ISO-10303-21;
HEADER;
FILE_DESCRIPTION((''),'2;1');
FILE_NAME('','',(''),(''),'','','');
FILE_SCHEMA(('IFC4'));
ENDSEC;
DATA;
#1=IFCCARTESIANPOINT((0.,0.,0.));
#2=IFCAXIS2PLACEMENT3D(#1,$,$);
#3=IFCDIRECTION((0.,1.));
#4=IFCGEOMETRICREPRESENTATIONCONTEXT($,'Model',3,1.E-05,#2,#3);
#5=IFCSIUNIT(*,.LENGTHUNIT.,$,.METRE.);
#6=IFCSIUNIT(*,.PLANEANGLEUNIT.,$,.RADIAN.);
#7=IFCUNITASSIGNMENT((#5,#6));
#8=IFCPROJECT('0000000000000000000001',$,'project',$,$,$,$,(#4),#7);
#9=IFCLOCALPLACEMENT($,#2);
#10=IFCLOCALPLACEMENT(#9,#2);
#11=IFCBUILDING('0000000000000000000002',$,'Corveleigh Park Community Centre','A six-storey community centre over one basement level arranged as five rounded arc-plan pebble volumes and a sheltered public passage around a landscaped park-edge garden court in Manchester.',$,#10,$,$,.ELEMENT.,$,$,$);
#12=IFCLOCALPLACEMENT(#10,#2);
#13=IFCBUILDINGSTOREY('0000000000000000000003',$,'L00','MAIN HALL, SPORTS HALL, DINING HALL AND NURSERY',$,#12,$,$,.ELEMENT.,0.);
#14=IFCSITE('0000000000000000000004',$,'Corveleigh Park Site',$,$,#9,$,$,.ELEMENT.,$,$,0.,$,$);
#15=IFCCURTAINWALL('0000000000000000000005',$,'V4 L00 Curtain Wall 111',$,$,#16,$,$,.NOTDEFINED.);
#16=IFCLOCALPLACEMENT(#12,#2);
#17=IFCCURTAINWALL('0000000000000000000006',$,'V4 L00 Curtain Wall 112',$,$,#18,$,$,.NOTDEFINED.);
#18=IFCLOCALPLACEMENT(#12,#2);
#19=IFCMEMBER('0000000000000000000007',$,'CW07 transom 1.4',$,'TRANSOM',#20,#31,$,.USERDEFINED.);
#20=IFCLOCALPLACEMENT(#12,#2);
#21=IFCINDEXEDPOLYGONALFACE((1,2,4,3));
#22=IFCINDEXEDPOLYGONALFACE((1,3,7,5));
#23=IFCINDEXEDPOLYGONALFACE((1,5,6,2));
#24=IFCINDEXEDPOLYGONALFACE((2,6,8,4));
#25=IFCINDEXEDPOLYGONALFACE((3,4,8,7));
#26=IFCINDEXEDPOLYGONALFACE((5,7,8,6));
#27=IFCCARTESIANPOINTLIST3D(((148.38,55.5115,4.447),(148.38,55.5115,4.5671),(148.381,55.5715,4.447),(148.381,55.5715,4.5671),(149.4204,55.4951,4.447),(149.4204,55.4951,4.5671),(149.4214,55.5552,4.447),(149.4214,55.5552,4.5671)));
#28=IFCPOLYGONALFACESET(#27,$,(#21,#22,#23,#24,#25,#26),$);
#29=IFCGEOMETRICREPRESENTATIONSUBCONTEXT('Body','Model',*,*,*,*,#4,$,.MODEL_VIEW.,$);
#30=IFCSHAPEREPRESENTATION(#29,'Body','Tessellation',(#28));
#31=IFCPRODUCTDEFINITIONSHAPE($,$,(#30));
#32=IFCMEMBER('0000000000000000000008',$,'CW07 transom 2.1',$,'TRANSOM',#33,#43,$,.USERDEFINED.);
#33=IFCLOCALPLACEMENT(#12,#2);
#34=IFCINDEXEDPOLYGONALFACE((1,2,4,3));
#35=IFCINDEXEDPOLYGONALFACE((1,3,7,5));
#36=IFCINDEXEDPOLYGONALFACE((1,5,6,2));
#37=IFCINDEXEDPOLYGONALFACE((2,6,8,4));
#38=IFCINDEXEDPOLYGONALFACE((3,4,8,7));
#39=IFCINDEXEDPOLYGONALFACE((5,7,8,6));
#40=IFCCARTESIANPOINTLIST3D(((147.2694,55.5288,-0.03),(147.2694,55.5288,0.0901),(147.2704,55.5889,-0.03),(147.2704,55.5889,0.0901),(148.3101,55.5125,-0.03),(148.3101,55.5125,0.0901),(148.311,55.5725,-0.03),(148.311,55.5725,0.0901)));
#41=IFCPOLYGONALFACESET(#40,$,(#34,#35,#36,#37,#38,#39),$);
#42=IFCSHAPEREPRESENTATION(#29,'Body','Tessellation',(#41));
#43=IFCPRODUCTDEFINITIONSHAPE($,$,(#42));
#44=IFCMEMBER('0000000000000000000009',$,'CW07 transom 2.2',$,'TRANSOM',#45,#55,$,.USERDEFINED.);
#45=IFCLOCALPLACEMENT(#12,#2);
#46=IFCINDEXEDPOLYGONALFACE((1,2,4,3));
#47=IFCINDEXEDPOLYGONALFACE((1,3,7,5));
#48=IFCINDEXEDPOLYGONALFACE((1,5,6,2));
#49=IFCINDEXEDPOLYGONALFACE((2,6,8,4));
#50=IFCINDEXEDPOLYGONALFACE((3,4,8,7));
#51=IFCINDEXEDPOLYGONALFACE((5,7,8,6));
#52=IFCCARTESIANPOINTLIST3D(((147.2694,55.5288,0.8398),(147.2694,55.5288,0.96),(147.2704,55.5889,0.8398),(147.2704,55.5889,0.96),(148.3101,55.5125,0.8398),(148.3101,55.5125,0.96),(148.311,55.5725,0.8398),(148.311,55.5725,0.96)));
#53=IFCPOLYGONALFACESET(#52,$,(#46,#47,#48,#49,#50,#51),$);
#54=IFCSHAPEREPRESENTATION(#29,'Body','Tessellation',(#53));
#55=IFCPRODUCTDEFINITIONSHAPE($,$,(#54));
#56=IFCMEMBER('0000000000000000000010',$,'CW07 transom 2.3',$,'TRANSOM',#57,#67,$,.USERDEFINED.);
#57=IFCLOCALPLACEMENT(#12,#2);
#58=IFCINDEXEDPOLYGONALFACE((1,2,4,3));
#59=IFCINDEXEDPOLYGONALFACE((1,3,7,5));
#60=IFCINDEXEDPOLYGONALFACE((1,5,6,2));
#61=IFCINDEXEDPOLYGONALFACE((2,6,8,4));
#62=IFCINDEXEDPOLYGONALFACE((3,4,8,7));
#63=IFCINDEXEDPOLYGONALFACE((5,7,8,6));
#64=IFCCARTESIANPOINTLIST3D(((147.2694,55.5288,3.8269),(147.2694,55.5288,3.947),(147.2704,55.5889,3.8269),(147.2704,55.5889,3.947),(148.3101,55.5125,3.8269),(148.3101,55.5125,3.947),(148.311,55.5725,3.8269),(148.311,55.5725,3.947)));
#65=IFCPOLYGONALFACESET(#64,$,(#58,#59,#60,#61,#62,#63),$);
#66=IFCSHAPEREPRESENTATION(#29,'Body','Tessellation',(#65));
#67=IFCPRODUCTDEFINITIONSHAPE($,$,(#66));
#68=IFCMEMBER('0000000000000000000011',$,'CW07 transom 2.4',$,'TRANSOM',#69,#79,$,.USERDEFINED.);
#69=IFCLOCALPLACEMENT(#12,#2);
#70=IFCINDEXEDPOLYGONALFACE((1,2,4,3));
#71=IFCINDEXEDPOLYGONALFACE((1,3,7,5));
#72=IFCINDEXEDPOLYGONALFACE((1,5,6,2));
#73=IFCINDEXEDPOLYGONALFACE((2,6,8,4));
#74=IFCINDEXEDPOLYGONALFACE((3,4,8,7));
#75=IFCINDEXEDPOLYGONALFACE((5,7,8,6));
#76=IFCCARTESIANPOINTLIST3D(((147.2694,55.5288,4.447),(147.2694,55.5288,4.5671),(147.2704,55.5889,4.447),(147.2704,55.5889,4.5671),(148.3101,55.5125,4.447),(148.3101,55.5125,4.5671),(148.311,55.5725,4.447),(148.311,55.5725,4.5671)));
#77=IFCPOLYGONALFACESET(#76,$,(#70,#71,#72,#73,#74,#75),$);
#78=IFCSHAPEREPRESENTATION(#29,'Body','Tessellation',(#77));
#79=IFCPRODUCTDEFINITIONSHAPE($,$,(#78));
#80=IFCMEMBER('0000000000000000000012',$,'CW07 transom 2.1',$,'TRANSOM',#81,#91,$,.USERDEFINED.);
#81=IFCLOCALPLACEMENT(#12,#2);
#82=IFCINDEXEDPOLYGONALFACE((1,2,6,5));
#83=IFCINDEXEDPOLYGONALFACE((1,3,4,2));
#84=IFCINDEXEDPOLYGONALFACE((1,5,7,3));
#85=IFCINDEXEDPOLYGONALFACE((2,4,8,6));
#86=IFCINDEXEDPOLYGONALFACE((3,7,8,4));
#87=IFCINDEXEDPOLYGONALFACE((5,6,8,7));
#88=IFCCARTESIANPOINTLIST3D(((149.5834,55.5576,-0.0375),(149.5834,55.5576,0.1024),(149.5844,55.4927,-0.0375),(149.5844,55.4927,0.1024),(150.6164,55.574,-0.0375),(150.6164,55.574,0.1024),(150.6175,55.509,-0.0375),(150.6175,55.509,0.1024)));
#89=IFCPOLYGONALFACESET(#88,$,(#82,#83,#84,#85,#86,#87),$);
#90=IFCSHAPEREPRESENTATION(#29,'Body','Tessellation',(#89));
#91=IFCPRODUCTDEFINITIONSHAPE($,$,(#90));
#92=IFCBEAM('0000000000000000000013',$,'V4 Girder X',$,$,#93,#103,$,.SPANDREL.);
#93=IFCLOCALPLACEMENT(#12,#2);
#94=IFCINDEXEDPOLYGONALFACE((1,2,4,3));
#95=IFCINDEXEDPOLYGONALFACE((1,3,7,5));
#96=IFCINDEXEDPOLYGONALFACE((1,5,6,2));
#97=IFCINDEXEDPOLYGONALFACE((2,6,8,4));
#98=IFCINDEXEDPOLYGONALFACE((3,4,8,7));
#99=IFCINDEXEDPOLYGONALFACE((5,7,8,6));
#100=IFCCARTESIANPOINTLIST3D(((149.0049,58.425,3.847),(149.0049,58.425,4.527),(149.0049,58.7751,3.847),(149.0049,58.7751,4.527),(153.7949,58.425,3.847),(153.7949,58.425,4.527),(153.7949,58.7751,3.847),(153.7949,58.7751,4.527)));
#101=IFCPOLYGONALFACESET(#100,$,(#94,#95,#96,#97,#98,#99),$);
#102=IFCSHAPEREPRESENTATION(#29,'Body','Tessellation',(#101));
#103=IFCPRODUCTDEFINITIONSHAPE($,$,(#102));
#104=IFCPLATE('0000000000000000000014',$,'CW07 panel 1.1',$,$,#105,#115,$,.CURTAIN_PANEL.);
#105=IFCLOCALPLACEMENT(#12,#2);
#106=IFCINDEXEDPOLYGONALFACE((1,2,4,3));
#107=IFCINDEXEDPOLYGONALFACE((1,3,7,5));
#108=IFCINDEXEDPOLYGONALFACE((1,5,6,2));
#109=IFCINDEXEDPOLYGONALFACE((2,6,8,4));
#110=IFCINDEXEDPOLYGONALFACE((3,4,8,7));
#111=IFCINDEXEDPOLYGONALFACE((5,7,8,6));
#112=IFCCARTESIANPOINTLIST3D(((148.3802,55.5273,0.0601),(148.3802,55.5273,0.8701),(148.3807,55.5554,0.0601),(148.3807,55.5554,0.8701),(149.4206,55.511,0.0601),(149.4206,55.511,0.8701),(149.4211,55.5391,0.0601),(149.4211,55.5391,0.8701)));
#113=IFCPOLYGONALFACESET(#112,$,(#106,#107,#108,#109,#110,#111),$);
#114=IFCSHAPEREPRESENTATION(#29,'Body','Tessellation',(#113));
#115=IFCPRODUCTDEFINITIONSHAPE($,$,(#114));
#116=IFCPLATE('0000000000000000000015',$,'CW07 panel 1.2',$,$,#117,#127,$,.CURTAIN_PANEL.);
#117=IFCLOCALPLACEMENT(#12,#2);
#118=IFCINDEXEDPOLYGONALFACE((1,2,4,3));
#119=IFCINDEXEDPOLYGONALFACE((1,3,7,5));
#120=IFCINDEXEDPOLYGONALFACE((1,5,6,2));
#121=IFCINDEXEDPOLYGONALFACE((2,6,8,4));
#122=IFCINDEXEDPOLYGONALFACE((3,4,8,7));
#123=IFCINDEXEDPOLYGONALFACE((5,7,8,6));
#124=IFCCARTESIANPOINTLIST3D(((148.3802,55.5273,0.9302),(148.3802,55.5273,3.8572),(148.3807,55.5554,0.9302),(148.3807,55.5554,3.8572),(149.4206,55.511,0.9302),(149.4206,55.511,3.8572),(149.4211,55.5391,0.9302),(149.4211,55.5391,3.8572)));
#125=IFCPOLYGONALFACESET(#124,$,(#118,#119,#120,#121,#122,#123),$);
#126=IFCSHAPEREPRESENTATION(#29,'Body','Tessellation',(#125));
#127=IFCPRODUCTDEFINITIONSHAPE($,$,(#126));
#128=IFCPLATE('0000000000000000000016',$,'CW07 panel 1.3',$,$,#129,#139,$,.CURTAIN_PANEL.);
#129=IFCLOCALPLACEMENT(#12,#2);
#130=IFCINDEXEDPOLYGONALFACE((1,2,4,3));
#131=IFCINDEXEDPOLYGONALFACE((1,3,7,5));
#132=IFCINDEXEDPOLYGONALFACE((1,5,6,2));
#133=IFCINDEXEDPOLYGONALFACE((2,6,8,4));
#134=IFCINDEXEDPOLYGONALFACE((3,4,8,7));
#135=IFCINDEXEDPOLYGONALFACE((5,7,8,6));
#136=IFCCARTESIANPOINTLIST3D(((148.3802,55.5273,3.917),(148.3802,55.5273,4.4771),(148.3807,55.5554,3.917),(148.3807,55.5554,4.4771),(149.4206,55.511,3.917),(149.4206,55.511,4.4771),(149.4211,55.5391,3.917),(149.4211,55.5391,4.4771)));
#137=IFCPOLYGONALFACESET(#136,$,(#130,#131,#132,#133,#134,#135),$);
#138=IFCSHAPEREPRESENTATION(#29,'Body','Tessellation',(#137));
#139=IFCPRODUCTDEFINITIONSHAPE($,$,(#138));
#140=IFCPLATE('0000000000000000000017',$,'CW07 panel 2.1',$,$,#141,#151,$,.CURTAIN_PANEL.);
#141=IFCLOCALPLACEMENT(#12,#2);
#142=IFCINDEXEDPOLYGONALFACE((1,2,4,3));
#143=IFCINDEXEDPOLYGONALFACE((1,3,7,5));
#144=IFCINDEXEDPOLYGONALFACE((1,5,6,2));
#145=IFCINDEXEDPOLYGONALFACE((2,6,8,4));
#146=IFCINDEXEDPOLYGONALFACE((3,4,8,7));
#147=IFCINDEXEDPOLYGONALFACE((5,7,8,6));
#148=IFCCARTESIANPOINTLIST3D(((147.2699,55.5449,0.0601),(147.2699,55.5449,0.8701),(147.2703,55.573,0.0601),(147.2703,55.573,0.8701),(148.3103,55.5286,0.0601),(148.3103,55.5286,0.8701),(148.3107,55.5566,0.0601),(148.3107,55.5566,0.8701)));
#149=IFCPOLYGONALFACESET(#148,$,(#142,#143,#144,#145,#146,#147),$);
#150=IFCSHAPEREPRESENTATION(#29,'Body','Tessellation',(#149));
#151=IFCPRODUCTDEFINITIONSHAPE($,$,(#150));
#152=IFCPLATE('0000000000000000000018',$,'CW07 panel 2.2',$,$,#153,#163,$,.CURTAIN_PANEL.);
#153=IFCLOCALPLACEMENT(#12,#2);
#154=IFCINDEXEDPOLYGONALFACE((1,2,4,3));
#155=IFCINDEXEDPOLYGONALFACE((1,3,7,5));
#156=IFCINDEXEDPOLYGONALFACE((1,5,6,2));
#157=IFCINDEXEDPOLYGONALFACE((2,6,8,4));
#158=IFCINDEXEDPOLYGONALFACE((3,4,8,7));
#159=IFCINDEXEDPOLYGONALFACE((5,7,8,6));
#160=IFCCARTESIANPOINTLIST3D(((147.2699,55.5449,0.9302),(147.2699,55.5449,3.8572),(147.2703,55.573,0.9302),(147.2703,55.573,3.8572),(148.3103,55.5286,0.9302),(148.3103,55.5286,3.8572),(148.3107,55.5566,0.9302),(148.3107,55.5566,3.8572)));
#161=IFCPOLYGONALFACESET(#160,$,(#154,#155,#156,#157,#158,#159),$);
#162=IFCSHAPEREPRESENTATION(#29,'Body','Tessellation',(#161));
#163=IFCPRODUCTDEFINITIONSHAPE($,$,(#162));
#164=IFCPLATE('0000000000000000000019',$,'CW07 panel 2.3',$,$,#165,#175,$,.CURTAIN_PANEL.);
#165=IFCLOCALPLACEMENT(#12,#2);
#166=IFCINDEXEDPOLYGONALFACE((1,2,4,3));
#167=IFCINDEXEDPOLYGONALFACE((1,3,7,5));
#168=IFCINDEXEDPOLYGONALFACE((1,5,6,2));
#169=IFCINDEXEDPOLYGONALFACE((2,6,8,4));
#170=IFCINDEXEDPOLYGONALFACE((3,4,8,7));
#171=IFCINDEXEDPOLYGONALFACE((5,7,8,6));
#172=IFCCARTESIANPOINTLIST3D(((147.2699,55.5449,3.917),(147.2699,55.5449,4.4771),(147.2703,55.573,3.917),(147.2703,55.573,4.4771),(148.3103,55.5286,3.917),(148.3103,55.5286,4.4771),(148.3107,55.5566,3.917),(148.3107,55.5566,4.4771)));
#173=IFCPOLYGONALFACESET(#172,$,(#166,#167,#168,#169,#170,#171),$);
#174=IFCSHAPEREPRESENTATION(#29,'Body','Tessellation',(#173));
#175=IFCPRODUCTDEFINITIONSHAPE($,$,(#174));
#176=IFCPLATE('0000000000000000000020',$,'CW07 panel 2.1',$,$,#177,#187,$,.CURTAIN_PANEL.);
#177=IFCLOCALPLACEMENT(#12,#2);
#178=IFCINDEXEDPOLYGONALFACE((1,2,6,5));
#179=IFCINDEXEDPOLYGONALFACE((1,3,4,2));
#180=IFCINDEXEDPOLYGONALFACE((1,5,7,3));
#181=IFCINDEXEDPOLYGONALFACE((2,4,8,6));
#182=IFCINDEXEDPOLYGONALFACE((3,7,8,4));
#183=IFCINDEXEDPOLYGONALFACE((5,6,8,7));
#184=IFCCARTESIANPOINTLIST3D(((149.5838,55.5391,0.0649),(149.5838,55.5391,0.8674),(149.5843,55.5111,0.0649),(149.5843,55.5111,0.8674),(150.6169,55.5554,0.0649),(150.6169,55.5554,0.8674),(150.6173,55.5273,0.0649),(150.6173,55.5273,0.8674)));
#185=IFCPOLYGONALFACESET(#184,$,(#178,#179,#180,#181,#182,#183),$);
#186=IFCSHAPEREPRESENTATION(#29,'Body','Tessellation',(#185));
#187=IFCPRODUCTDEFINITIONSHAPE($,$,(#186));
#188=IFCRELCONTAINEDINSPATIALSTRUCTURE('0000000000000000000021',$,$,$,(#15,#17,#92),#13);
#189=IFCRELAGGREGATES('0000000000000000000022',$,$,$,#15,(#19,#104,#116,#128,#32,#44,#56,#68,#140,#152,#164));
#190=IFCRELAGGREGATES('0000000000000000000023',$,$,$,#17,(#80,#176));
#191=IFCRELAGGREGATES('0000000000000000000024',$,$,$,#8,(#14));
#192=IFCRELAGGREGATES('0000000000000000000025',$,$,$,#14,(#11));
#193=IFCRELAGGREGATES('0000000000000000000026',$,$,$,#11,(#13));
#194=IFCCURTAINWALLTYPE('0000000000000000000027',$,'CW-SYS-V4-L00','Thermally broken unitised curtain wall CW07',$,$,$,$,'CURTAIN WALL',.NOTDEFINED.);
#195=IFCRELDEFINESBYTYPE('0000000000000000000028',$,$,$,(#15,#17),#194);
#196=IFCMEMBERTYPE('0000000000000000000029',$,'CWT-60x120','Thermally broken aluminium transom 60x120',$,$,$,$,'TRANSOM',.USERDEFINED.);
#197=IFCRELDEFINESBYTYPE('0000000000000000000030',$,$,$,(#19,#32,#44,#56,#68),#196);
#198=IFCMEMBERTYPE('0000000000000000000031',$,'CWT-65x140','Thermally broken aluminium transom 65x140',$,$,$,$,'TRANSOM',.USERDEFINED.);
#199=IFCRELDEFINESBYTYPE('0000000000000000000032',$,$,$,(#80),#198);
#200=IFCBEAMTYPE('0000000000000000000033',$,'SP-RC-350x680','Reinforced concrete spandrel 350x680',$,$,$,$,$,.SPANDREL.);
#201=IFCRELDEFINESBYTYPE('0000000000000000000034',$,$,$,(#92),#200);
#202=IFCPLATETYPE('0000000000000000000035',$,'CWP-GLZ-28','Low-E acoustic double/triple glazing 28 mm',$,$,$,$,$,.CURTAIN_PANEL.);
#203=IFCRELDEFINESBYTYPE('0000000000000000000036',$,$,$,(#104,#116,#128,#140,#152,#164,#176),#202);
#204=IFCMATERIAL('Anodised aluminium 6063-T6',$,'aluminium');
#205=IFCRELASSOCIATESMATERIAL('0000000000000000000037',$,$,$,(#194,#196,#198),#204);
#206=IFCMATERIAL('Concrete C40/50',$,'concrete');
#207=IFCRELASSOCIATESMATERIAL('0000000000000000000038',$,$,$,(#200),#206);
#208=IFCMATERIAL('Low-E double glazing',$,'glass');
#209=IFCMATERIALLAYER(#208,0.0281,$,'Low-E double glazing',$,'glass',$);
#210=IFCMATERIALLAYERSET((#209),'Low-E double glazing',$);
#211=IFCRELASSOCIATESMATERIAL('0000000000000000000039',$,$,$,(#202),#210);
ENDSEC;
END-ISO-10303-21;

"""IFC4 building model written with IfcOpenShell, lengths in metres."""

from ifc_helpers import new_model, si_unit, direction, frame, origin, origin_2d, place, context, subcontext, project, spatial, rectangle, extrude, material, layer, layer_set, material_profile, profile_set, type_object, element, aggregate, save


model = new_model("IFC4")

# Units and contexts
model_context = context("Model", 3, precision=1e-05, world=origin(), true_north=direction((0.0, 1.0)))
body_context = subcontext(model_context, "Body", "Model", "MODEL_VIEW")
ifc_project = project(units=[si_unit("LENGTHUNIT", "METRE"), si_unit("PLANEANGLEUNIT", "RADIAN")], contexts=[model_context])

# Site, building, storey
site_placement = place(None, origin())
site = spatial("IfcSite", under=ifc_project, at=site_placement, Name="Corveleigh Park Site", CompositionType="ELEMENT", RefElevation=0.0)
building_placement = place(site_placement, origin())
building = spatial("IfcBuilding", under=site, at=building_placement, Name="Corveleigh Park Community Centre", Description="A six-storey community centre over one basement level arranged as five rounded arc-plan pebble volumes and a sheltered public passage around a landscaped park-edge garden court in Manchester.", CompositionType="ELEMENT")
storey_placement = place(building_placement, origin())
storey = spatial("IfcBuildingStorey", under=building, at=storey_placement, Name="L00", Description="MAIN HALL, SPORTS HALL, DINING HALL AND NURSERY", CompositionType="ELEMENT", Elevation=0.0)

# Shared definitions
ifc_material_1 = material(Name="Concrete C40/50", Category="concrete")

# Curtain wall
ifc_material_2 = material(Name="Anodised aluminium 6063-T6", Category="aluminium")
curtain_wall_type = type_object("IfcCurtainWallType", Name="CW-SYS-V4-L00", Description="Thermally broken unitised curtain wall CW07", ElementType="CURTAIN WALL", PredefinedType="NOTDEFINED", material=ifc_material_2)
curtain_wall_1_placement = place(storey_placement, origin())
curtain_wall_1 = element("IfcCurtainWall", 1, at=curtain_wall_1_placement, inside=storey, type_object=curtain_wall_type, Name="V4 L00 Curtain Wall 111", PredefinedType="NOTDEFINED")

# Curtain wall
curtain_wall_2_placement = place(storey_placement, origin())
curtain_wall_2 = element("IfcCurtainWall", 2, at=curtain_wall_2_placement, inside=storey, type_object=curtain_wall_type, Name="V4 L00 Curtain Wall 112", PredefinedType="NOTDEFINED")

# Members
ifc_material_profile_1 = material_profile(ifc_material_2, rectangle(XDim=0.0601, YDim=0.1201, at=origin_2d()), Name="ALU-T60x120", Category="aluminium")
ifc_profile_set_1 = profile_set([ifc_material_profile_1], Name="Anodised aluminium 6063-T6")
member_type_1 = type_object("IfcMemberType", Name="CWT-60x120", Description="Thermally broken aluminium transom 60x120", ElementType="TRANSOM", PredefinedType="USERDEFINED", material=ifc_profile_set_1)
member_1_placement = place(storey_placement, frame((149.4209, 55.5251, 4.5071), z_axis=(-0.999876, 0.015722, 0.0), x_axis=(-0.015722, -0.999876, 0.0)))
member_1 = element("IfcMember", 3, at=member_1_placement, type_object=member_type_1, Name="CW07 transom 1.4", ObjectType="TRANSOM", PredefinedType="USERDEFINED", context=body_context, shape_type="SweptSolid", body=[
    extrude(rectangle(XDim=0.0601, YDim=0.1201, at=origin_2d()), origin(), (0.0, 0.0, 1.0), 1.0405),
])
member_2_placement = place(storey_placement, frame((148.3105, 55.5425, 0.03), z_axis=(-0.999876, 0.015718, 0.0), x_axis=(-0.015718, -0.999876, 0.0)))
member_2 = element("IfcMember", 4, at=member_2_placement, type_object=member_type_1, Name="CW07 transom 2.1", ObjectType="TRANSOM", PredefinedType="USERDEFINED", context=body_context, shape_type="SweptSolid", body=[
    extrude(rectangle(XDim=0.0601, YDim=0.1201, at=origin_2d()), origin(), (0.0, 0.0, 1.0), 1.0408),
])
member_3_placement = place(storey_placement, frame((148.3105, 55.5425, 0.8999), z_axis=(-0.999876, 0.015718, 0.0), x_axis=(-0.015718, -0.999876, 0.0)))
member_3 = element("IfcMember", 5, at=member_3_placement, type_object=member_type_1, Name="CW07 transom 2.2", ObjectType="TRANSOM", PredefinedType="USERDEFINED", context=body_context, shape_type="SweptSolid", body=[
    extrude(rectangle(XDim=0.0601, YDim=0.1201, at=origin_2d()), origin(), (0.0, 0.0, 1.0), 1.0408),
])
member_4_placement = place(storey_placement, frame((148.3105, 55.5425, 3.887), z_axis=(-0.999876, 0.015718, 0.0), x_axis=(-0.015718, -0.999876, 0.0)))
member_4 = element("IfcMember", 6, at=member_4_placement, type_object=member_type_1, Name="CW07 transom 2.3", ObjectType="TRANSOM", PredefinedType="USERDEFINED", context=body_context, shape_type="SweptSolid", body=[
    extrude(rectangle(XDim=0.0601, YDim=0.1201, at=origin_2d()), origin(), (0.0, 0.0, 1.0), 1.0408),
])
member_5_placement = place(storey_placement, frame((148.3105, 55.5425, 4.5071), z_axis=(-0.999876, 0.015718, 0.0), x_axis=(-0.015718, -0.999876, 0.0)))
member_5 = element("IfcMember", 7, at=member_5_placement, type_object=member_type_1, Name="CW07 transom 2.4", ObjectType="TRANSOM", PredefinedType="USERDEFINED", context=body_context, shape_type="SweptSolid", body=[
    extrude(rectangle(XDim=0.0601, YDim=0.1201, at=origin_2d()), origin(), (0.0, 0.0, 1.0), 1.0408),
])
ifc_material_profile_2 = material_profile(ifc_material_2, rectangle(XDim=0.0649, YDim=0.1399, at=origin_2d()), Name="ALU-T65x140", Category="aluminium")
ifc_profile_set_2 = profile_set([ifc_material_profile_2], Name="Anodised aluminium 6063-T6")
member_type_2 = type_object("IfcMemberType", Name="CWT-65x140", Description="Thermally broken aluminium transom 65x140", ElementType="TRANSOM", PredefinedType="USERDEFINED", material=ifc_profile_set_2)
member_6_placement = place(storey_placement, frame((150.6169, 55.5415, 0.0325), z_axis=(-0.999875, -0.015834, 0.0), x_axis=(0.015834, -0.999875, 0.0)))
member_6 = element("IfcMember", 8, at=member_6_placement, type_object=member_type_2, Name="CW07 transom 2.1", ObjectType="TRANSOM", PredefinedType="USERDEFINED", context=body_context, shape_type="SweptSolid", body=[
    extrude(rectangle(XDim=0.0649, YDim=0.1399, at=origin_2d()), origin(), (0.0, 0.0, 1.0), 1.0332),
])

# Beam
ifc_material_profile_3 = material_profile(ifc_material_1, rectangle(XDim=0.3501, YDim=0.6799, at=origin_2d()), Name="RC-350x680", Category="concrete")
ifc_profile_set_3 = profile_set([ifc_material_profile_3], Name="Concrete C40/50")
beam_type_1 = type_object("IfcBeamType", Name="SP-RC-350x680", Description="Reinforced concrete spandrel 350x680", PredefinedType="SPANDREL", material=ifc_profile_set_3)
beam_1_placement = place(storey_placement, frame((149.0049, 58.6001, 4.187), z_axis=(1.0, 0.0, 0.0), x_axis=(0.0, 1.0, 0.0)))
element("IfcBeam", 9, at=beam_1_placement, inside=storey, type_object=beam_type_1, Name="V4 Girder X", PredefinedType="SPANDREL", context=body_context, shape_type="SweptSolid", body=[
    extrude(rectangle(XDim=0.3501, YDim=0.6799, at=origin_2d()), origin(), (0.0, 0.0, 1.0), 4.79),
])

# Plates
ifc_material_3 = material(Name="Low-E double glazing", Category="glass")
ifc_layer_1 = layer(ifc_material_3, 0.0281, Name="Low-E double glazing", Category="glass")
ifc_layer_set_1 = layer_set([ifc_layer_1], Name="Low-E double glazing")
plate_type = type_object("IfcPlateType", Name="CWP-GLZ-28", Description="Low-E acoustic double/triple glazing 28 mm", PredefinedType="CURTAIN_PANEL", material=ifc_layer_set_1)
plate_1_placement = place(storey_placement, frame((148.9006, 55.5332, 0.0601), z_axis=(0.0, 0.0, 1.0), x_axis=(-0.999877, 0.015712, 0.0)))
plate_1 = element("IfcPlate", 10, at=plate_1_placement, type_object=plate_type, Name="CW07 panel 1.1", PredefinedType="CURTAIN_PANEL", context=body_context, shape_type="SweptSolid", body=[
    extrude(rectangle(XDim=1.0405, YDim=0.0281, at=origin_2d()), origin(), (0.0, 0.0, 1.0), 0.8101),
])
plate_2_placement = place(storey_placement, frame((148.9006, 55.5332, 0.9302), z_axis=(0.0, 0.0, 1.0), x_axis=(-0.999877, 0.015712, 0.0)))
plate_2 = element("IfcPlate", 11, at=plate_2_placement, type_object=plate_type, Name="CW07 panel 1.2", PredefinedType="CURTAIN_PANEL", context=body_context, shape_type="SweptSolid", body=[
    extrude(rectangle(XDim=1.0405, YDim=0.0281, at=origin_2d()), origin(), (0.0, 0.0, 1.0), 2.927),
])
plate_3_placement = place(storey_placement, frame((148.9006, 55.5332, 3.917), z_axis=(0.0, 0.0, 1.0), x_axis=(-0.999877, 0.015712, 0.0)))
plate_3 = element("IfcPlate", 12, at=plate_3_placement, type_object=plate_type, Name="CW07 panel 1.3", PredefinedType="CURTAIN_PANEL", context=body_context, shape_type="SweptSolid", body=[
    extrude(rectangle(XDim=1.0405, YDim=0.0281, at=origin_2d()), origin(), (0.0, 0.0, 1.0), 0.5601),
])
plate_4_placement = place(storey_placement, frame((147.7903, 55.5508, 0.0601), z_axis=(0.0, 0.0, 1.0), x_axis=(-0.999877, 0.015712, 0.0)))
plate_4 = element("IfcPlate", 13, at=plate_4_placement, type_object=plate_type, Name="CW07 panel 2.1", PredefinedType="CURTAIN_PANEL", context=body_context, shape_type="SweptSolid", body=[
    extrude(rectangle(XDim=1.0405, YDim=0.0281, at=origin_2d()), origin(), (0.0, 0.0, 1.0), 0.8101),
])
plate_5_placement = place(storey_placement, frame((147.7903, 55.5508, 0.9302), z_axis=(0.0, 0.0, 1.0), x_axis=(-0.999877, 0.015712, 0.0)))
plate_5 = element("IfcPlate", 14, at=plate_5_placement, type_object=plate_type, Name="CW07 panel 2.2", PredefinedType="CURTAIN_PANEL", context=body_context, shape_type="SweptSolid", body=[
    extrude(rectangle(XDim=1.0405, YDim=0.0281, at=origin_2d()), origin(), (0.0, 0.0, 1.0), 2.927),
])
plate_6_placement = place(storey_placement, frame((147.7903, 55.5508, 3.917), z_axis=(0.0, 0.0, 1.0), x_axis=(-0.999877, 0.015712, 0.0)))
plate_6 = element("IfcPlate", 15, at=plate_6_placement, type_object=plate_type, Name="CW07 panel 2.3", PredefinedType="CURTAIN_PANEL", context=body_context, shape_type="SweptSolid", body=[
    extrude(rectangle(XDim=1.0405, YDim=0.0281, at=origin_2d()), origin(), (0.0, 0.0, 1.0), 0.5601),
])
aggregate(curtain_wall_1, [member_1, plate_1, plate_2, plate_3, member_2, member_3, member_4, member_5, plate_4, plate_5, plate_6])
plate_7_placement = place(storey_placement, frame((150.1006, 55.5332, 0.0649), z_axis=(0.0, 0.0, 1.0), x_axis=(-0.999877, -0.015712, 0.0)))
plate_7 = element("IfcPlate", 16, at=plate_7_placement, type_object=plate_type, Name="CW07 panel 2.1", PredefinedType="CURTAIN_PANEL", context=body_context, shape_type="SweptSolid", body=[
    extrude(rectangle(XDim=1.0332, YDim=0.0281, at=origin_2d()), origin(), (0.0, 0.0, 1.0), 0.8025),
])
aggregate(curtain_wall_2, [member_6, plate_7])

save(model, "model.ifc")
